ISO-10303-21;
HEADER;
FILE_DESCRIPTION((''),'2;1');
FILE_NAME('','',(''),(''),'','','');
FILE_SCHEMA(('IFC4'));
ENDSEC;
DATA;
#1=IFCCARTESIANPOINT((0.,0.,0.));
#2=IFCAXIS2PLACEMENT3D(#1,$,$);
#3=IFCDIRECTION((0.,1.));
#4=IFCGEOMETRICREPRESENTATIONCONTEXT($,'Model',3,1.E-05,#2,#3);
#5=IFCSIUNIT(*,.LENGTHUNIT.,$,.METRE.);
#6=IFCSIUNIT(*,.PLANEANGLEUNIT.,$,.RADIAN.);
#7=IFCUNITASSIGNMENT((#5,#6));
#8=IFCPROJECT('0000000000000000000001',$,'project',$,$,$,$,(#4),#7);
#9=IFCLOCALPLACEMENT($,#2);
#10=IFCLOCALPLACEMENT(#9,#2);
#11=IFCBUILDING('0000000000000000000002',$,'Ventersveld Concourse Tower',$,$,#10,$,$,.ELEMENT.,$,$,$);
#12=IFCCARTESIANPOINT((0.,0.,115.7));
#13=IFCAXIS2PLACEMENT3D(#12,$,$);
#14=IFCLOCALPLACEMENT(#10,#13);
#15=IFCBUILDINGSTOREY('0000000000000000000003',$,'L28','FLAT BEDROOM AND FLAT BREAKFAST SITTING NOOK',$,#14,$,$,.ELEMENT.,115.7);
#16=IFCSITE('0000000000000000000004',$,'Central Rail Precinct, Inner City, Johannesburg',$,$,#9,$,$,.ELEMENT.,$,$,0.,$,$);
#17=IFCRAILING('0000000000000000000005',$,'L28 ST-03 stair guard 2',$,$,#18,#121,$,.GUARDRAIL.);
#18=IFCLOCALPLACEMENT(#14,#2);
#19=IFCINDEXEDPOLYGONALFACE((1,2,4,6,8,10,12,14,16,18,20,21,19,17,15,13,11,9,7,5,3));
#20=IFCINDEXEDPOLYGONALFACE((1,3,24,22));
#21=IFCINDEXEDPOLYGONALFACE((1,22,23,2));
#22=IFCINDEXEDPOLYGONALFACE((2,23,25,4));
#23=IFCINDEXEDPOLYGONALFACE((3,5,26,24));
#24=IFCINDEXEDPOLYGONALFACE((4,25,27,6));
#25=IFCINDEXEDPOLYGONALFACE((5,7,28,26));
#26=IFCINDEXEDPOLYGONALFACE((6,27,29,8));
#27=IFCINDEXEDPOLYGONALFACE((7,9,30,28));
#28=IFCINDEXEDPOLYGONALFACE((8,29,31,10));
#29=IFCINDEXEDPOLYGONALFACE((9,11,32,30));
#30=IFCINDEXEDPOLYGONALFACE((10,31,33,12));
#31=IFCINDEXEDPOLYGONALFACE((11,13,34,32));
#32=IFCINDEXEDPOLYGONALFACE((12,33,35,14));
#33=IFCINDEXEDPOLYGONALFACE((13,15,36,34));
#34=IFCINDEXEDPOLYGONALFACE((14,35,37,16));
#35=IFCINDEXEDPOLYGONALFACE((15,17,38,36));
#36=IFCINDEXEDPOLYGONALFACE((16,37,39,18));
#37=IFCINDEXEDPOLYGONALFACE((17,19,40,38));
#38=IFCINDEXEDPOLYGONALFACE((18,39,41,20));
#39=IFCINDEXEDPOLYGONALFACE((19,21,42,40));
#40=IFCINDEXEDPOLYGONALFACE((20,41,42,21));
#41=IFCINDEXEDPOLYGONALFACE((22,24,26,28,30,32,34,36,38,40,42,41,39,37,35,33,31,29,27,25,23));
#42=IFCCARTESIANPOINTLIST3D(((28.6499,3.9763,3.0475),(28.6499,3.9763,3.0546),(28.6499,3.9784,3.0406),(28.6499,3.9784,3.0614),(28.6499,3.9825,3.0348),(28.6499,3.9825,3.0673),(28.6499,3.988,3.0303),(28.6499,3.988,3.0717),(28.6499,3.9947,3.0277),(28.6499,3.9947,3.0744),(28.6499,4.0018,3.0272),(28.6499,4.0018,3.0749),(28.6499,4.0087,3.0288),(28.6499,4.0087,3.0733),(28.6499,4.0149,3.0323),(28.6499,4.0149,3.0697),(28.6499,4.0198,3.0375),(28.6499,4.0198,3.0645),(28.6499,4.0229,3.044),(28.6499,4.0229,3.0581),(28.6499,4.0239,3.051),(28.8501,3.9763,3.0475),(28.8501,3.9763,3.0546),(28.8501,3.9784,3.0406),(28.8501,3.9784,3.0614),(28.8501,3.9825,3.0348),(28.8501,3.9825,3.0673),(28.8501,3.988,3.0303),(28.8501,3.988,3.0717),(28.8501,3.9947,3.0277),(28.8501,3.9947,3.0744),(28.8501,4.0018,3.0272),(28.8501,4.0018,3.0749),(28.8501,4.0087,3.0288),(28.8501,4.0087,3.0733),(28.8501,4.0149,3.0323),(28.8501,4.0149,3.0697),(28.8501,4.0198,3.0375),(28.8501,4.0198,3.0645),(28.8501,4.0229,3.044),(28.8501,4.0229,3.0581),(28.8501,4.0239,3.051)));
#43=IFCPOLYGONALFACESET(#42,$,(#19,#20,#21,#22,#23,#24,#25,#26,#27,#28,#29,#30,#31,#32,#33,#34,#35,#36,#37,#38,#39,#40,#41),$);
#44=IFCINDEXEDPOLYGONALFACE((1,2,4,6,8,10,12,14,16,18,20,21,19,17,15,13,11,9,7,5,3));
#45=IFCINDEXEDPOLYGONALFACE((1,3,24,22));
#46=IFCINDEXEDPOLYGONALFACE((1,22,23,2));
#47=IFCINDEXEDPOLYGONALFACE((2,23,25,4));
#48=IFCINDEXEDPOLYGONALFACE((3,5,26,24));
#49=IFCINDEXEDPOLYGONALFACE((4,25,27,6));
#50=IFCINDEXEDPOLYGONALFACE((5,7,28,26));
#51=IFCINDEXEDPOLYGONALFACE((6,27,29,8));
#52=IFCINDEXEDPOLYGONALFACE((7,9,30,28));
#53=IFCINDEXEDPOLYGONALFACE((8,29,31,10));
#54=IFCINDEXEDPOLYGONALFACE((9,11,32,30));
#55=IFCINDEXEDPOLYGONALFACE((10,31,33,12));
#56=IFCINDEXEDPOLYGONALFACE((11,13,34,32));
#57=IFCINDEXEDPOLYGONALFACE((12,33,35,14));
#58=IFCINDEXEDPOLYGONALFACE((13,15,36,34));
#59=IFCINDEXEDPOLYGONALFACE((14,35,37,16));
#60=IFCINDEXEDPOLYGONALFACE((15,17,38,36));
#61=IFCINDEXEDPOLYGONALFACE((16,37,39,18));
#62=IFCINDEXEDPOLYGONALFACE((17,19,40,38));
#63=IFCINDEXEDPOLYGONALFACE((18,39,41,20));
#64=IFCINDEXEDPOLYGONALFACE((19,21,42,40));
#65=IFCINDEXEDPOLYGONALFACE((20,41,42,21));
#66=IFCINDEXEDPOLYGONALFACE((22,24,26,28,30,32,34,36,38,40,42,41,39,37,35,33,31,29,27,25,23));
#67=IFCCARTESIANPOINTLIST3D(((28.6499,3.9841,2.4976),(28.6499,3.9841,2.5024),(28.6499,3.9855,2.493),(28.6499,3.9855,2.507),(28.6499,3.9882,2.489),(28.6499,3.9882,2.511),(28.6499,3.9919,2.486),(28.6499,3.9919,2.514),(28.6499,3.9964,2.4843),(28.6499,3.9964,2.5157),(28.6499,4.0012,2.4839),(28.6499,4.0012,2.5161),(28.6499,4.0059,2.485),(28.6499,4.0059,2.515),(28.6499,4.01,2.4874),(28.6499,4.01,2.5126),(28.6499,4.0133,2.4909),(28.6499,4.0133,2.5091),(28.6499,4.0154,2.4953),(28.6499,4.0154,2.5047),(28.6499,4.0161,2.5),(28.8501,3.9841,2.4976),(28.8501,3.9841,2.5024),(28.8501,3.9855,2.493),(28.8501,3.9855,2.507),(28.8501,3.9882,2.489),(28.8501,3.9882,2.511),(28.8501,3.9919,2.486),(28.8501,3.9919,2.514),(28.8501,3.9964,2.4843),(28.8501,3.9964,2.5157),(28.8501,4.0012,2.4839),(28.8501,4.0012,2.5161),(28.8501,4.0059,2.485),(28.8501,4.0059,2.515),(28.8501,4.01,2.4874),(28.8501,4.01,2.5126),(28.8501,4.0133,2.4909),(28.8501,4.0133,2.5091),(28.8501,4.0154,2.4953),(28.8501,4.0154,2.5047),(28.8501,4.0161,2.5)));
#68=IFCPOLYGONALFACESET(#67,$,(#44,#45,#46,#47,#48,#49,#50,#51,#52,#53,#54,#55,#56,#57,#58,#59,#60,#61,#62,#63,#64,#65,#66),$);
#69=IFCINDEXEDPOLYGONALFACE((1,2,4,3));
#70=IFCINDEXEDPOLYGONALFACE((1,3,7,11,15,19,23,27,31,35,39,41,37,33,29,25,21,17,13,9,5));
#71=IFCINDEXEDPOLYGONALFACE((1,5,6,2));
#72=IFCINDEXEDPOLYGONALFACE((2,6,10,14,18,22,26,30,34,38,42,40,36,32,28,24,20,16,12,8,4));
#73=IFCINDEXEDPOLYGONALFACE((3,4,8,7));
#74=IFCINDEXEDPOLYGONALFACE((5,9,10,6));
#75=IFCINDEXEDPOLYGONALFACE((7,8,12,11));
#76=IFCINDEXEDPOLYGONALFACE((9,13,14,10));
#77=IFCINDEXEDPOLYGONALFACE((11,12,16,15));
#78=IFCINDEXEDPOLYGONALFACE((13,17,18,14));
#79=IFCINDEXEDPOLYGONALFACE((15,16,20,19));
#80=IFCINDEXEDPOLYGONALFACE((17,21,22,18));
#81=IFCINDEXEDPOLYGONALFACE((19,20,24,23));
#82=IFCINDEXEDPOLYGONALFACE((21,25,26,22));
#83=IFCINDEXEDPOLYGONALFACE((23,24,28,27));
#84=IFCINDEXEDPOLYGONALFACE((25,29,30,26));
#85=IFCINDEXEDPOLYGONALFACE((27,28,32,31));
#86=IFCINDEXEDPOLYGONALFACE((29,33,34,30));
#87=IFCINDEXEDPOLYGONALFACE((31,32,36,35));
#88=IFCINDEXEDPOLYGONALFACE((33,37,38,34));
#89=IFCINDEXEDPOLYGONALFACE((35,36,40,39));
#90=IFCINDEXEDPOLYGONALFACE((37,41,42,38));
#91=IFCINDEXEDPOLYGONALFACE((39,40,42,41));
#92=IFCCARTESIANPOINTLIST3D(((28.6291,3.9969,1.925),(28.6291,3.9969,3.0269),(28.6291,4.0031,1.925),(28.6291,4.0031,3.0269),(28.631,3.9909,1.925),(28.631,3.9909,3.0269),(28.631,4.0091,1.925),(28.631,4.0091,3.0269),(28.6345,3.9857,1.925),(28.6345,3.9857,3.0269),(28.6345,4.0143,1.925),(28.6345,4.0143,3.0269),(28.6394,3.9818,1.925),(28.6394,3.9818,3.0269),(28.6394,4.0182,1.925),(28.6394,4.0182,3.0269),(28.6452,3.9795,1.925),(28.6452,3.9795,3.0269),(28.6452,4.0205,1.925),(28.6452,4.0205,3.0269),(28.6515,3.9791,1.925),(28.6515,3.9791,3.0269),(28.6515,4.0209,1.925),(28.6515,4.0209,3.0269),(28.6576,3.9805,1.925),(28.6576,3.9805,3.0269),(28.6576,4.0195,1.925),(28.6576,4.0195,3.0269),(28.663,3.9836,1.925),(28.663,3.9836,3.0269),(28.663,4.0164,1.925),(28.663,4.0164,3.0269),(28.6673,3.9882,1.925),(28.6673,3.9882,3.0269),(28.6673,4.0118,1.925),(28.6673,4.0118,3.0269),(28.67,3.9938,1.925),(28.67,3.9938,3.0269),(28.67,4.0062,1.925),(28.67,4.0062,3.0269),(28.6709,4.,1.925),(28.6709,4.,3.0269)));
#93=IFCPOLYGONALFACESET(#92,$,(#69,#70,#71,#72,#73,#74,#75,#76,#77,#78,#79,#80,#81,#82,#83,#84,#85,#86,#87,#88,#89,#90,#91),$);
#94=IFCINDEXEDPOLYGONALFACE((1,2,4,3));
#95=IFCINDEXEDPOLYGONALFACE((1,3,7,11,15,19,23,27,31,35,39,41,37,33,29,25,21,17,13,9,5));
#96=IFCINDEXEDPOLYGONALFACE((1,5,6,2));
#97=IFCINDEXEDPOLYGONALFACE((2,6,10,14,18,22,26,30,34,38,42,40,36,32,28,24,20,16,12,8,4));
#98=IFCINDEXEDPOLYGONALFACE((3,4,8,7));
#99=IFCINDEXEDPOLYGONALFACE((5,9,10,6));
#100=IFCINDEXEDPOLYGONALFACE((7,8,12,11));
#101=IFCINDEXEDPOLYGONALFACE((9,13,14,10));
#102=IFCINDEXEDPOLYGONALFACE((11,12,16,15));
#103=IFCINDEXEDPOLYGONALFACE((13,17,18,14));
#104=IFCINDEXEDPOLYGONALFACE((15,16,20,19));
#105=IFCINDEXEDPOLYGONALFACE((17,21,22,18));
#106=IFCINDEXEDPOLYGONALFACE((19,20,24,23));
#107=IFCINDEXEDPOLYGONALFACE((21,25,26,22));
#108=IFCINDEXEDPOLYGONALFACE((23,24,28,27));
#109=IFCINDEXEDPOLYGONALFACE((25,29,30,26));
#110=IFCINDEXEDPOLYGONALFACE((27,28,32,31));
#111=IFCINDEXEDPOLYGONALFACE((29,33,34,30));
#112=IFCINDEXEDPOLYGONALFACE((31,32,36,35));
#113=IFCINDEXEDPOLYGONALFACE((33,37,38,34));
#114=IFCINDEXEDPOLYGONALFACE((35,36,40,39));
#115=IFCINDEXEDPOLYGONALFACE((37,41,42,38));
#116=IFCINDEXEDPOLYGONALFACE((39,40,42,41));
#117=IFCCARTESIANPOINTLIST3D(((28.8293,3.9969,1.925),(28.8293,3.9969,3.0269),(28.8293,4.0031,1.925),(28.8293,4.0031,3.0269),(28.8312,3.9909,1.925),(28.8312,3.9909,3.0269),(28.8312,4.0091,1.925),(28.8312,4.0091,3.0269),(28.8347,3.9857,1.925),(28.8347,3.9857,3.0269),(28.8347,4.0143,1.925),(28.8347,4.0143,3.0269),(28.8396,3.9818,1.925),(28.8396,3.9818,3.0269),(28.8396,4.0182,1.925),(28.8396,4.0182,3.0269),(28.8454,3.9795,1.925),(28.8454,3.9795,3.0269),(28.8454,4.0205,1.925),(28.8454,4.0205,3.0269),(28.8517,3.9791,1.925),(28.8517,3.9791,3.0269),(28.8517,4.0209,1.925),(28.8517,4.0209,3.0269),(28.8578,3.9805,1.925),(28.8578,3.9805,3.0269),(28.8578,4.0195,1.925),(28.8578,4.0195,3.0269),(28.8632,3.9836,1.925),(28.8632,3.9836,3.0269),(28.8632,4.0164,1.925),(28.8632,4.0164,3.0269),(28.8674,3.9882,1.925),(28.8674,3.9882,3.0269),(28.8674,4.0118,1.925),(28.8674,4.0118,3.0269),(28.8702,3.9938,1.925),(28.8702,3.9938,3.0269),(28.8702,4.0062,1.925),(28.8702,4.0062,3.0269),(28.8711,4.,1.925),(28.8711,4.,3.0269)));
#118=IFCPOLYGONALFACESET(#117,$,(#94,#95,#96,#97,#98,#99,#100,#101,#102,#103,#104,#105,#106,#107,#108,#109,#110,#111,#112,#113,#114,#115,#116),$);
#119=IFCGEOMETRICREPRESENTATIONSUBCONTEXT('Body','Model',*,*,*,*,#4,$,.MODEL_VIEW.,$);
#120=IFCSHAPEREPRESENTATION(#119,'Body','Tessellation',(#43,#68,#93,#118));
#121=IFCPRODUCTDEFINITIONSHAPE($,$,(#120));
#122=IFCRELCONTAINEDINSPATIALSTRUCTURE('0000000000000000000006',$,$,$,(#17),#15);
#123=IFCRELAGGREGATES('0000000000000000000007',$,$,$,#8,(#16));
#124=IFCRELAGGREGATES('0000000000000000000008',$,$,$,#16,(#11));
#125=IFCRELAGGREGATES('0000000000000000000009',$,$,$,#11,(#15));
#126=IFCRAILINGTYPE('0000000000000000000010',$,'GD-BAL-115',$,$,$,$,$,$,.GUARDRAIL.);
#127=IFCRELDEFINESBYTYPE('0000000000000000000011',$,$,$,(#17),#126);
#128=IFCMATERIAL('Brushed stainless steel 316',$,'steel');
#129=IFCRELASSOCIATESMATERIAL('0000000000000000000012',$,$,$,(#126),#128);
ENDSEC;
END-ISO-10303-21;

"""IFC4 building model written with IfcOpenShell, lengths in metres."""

from ifc_helpers import new_model, si_unit, direction, frame, origin, origin_2d, place, context, subcontext, project, spatial, circle, extrude, material, type_object, element, save


model = new_model("IFC4")

# Units and contexts
model_context = context("Model", 3, precision=1e-05, world=origin(), true_north=direction((0.0, 1.0)))
body_context = subcontext(model_context, "Body", "Model", "MODEL_VIEW")
ifc_project = project(units=[si_unit("LENGTHUNIT", "METRE"), si_unit("PLANEANGLEUNIT", "RADIAN")], contexts=[model_context])

# Site, building, storey
site_placement = place(None, origin())
site = spatial("IfcSite", under=ifc_project, at=site_placement, Name="Central Rail Precinct, Inner City, Johannesburg", CompositionType="ELEMENT", RefElevation=0.0)
building_placement = place(site_placement, origin())
building = spatial("IfcBuilding", under=site, at=building_placement, Name="Ventersveld Concourse Tower", CompositionType="ELEMENT")
storey_placement = place(building_placement, frame((0.0, 0.0, 115.7)))
storey = spatial("IfcBuildingStorey", under=building, at=storey_placement, Name="L28", Description="FLAT BEDROOM AND FLAT BREAKFAST SITTING NOOK", CompositionType="ELEMENT", Elevation=115.7)

# Railing
ifc_material_1 = material(Name="Brushed stainless steel 316", Category="steel")
railing_type_1 = type_object("IfcRailingType", Name="GD-BAL-115", PredefinedType="GUARDRAIL", material=ifc_material_1)
railing_1_placement = place(storey_placement, frame((28.6499, 4.0, 1.925)))
element("IfcRailing", 1, at=railing_1_placement, inside=storey, type_object=railing_type_1, Name="L28 ST-03 stair guard 2", PredefinedType="GUARDRAIL", context=body_context, shape_type="SweptSolid", body=[
    extrude(circle(Radius=0.0239, at=origin_2d()), frame((0.0, 0.0, 1.126), z_axis=(1.0, 0.0, 0.0), x_axis=(0.0, 1.0, 0.0)), (0.0, 0.0, 1.0), 0.2002),
    extrude(circle(Radius=0.0161, at=origin_2d()), frame((0.0, 0.0, 0.575), z_axis=(1.0, 0.0, 0.0), x_axis=(0.0, 1.0, 0.0)), (0.0, 0.0, 1.0), 0.2002),
    extrude(circle(Radius=0.021, at=origin_2d()), origin(), (0.0, 0.0, 1.0), 1.1018),
    extrude(circle(Radius=0.021, at=origin_2d()), frame((0.2002, 0.0, 0.0)), (0.0, 0.0, 1.0), 1.1018),
])

save(model, "model.ifc")
